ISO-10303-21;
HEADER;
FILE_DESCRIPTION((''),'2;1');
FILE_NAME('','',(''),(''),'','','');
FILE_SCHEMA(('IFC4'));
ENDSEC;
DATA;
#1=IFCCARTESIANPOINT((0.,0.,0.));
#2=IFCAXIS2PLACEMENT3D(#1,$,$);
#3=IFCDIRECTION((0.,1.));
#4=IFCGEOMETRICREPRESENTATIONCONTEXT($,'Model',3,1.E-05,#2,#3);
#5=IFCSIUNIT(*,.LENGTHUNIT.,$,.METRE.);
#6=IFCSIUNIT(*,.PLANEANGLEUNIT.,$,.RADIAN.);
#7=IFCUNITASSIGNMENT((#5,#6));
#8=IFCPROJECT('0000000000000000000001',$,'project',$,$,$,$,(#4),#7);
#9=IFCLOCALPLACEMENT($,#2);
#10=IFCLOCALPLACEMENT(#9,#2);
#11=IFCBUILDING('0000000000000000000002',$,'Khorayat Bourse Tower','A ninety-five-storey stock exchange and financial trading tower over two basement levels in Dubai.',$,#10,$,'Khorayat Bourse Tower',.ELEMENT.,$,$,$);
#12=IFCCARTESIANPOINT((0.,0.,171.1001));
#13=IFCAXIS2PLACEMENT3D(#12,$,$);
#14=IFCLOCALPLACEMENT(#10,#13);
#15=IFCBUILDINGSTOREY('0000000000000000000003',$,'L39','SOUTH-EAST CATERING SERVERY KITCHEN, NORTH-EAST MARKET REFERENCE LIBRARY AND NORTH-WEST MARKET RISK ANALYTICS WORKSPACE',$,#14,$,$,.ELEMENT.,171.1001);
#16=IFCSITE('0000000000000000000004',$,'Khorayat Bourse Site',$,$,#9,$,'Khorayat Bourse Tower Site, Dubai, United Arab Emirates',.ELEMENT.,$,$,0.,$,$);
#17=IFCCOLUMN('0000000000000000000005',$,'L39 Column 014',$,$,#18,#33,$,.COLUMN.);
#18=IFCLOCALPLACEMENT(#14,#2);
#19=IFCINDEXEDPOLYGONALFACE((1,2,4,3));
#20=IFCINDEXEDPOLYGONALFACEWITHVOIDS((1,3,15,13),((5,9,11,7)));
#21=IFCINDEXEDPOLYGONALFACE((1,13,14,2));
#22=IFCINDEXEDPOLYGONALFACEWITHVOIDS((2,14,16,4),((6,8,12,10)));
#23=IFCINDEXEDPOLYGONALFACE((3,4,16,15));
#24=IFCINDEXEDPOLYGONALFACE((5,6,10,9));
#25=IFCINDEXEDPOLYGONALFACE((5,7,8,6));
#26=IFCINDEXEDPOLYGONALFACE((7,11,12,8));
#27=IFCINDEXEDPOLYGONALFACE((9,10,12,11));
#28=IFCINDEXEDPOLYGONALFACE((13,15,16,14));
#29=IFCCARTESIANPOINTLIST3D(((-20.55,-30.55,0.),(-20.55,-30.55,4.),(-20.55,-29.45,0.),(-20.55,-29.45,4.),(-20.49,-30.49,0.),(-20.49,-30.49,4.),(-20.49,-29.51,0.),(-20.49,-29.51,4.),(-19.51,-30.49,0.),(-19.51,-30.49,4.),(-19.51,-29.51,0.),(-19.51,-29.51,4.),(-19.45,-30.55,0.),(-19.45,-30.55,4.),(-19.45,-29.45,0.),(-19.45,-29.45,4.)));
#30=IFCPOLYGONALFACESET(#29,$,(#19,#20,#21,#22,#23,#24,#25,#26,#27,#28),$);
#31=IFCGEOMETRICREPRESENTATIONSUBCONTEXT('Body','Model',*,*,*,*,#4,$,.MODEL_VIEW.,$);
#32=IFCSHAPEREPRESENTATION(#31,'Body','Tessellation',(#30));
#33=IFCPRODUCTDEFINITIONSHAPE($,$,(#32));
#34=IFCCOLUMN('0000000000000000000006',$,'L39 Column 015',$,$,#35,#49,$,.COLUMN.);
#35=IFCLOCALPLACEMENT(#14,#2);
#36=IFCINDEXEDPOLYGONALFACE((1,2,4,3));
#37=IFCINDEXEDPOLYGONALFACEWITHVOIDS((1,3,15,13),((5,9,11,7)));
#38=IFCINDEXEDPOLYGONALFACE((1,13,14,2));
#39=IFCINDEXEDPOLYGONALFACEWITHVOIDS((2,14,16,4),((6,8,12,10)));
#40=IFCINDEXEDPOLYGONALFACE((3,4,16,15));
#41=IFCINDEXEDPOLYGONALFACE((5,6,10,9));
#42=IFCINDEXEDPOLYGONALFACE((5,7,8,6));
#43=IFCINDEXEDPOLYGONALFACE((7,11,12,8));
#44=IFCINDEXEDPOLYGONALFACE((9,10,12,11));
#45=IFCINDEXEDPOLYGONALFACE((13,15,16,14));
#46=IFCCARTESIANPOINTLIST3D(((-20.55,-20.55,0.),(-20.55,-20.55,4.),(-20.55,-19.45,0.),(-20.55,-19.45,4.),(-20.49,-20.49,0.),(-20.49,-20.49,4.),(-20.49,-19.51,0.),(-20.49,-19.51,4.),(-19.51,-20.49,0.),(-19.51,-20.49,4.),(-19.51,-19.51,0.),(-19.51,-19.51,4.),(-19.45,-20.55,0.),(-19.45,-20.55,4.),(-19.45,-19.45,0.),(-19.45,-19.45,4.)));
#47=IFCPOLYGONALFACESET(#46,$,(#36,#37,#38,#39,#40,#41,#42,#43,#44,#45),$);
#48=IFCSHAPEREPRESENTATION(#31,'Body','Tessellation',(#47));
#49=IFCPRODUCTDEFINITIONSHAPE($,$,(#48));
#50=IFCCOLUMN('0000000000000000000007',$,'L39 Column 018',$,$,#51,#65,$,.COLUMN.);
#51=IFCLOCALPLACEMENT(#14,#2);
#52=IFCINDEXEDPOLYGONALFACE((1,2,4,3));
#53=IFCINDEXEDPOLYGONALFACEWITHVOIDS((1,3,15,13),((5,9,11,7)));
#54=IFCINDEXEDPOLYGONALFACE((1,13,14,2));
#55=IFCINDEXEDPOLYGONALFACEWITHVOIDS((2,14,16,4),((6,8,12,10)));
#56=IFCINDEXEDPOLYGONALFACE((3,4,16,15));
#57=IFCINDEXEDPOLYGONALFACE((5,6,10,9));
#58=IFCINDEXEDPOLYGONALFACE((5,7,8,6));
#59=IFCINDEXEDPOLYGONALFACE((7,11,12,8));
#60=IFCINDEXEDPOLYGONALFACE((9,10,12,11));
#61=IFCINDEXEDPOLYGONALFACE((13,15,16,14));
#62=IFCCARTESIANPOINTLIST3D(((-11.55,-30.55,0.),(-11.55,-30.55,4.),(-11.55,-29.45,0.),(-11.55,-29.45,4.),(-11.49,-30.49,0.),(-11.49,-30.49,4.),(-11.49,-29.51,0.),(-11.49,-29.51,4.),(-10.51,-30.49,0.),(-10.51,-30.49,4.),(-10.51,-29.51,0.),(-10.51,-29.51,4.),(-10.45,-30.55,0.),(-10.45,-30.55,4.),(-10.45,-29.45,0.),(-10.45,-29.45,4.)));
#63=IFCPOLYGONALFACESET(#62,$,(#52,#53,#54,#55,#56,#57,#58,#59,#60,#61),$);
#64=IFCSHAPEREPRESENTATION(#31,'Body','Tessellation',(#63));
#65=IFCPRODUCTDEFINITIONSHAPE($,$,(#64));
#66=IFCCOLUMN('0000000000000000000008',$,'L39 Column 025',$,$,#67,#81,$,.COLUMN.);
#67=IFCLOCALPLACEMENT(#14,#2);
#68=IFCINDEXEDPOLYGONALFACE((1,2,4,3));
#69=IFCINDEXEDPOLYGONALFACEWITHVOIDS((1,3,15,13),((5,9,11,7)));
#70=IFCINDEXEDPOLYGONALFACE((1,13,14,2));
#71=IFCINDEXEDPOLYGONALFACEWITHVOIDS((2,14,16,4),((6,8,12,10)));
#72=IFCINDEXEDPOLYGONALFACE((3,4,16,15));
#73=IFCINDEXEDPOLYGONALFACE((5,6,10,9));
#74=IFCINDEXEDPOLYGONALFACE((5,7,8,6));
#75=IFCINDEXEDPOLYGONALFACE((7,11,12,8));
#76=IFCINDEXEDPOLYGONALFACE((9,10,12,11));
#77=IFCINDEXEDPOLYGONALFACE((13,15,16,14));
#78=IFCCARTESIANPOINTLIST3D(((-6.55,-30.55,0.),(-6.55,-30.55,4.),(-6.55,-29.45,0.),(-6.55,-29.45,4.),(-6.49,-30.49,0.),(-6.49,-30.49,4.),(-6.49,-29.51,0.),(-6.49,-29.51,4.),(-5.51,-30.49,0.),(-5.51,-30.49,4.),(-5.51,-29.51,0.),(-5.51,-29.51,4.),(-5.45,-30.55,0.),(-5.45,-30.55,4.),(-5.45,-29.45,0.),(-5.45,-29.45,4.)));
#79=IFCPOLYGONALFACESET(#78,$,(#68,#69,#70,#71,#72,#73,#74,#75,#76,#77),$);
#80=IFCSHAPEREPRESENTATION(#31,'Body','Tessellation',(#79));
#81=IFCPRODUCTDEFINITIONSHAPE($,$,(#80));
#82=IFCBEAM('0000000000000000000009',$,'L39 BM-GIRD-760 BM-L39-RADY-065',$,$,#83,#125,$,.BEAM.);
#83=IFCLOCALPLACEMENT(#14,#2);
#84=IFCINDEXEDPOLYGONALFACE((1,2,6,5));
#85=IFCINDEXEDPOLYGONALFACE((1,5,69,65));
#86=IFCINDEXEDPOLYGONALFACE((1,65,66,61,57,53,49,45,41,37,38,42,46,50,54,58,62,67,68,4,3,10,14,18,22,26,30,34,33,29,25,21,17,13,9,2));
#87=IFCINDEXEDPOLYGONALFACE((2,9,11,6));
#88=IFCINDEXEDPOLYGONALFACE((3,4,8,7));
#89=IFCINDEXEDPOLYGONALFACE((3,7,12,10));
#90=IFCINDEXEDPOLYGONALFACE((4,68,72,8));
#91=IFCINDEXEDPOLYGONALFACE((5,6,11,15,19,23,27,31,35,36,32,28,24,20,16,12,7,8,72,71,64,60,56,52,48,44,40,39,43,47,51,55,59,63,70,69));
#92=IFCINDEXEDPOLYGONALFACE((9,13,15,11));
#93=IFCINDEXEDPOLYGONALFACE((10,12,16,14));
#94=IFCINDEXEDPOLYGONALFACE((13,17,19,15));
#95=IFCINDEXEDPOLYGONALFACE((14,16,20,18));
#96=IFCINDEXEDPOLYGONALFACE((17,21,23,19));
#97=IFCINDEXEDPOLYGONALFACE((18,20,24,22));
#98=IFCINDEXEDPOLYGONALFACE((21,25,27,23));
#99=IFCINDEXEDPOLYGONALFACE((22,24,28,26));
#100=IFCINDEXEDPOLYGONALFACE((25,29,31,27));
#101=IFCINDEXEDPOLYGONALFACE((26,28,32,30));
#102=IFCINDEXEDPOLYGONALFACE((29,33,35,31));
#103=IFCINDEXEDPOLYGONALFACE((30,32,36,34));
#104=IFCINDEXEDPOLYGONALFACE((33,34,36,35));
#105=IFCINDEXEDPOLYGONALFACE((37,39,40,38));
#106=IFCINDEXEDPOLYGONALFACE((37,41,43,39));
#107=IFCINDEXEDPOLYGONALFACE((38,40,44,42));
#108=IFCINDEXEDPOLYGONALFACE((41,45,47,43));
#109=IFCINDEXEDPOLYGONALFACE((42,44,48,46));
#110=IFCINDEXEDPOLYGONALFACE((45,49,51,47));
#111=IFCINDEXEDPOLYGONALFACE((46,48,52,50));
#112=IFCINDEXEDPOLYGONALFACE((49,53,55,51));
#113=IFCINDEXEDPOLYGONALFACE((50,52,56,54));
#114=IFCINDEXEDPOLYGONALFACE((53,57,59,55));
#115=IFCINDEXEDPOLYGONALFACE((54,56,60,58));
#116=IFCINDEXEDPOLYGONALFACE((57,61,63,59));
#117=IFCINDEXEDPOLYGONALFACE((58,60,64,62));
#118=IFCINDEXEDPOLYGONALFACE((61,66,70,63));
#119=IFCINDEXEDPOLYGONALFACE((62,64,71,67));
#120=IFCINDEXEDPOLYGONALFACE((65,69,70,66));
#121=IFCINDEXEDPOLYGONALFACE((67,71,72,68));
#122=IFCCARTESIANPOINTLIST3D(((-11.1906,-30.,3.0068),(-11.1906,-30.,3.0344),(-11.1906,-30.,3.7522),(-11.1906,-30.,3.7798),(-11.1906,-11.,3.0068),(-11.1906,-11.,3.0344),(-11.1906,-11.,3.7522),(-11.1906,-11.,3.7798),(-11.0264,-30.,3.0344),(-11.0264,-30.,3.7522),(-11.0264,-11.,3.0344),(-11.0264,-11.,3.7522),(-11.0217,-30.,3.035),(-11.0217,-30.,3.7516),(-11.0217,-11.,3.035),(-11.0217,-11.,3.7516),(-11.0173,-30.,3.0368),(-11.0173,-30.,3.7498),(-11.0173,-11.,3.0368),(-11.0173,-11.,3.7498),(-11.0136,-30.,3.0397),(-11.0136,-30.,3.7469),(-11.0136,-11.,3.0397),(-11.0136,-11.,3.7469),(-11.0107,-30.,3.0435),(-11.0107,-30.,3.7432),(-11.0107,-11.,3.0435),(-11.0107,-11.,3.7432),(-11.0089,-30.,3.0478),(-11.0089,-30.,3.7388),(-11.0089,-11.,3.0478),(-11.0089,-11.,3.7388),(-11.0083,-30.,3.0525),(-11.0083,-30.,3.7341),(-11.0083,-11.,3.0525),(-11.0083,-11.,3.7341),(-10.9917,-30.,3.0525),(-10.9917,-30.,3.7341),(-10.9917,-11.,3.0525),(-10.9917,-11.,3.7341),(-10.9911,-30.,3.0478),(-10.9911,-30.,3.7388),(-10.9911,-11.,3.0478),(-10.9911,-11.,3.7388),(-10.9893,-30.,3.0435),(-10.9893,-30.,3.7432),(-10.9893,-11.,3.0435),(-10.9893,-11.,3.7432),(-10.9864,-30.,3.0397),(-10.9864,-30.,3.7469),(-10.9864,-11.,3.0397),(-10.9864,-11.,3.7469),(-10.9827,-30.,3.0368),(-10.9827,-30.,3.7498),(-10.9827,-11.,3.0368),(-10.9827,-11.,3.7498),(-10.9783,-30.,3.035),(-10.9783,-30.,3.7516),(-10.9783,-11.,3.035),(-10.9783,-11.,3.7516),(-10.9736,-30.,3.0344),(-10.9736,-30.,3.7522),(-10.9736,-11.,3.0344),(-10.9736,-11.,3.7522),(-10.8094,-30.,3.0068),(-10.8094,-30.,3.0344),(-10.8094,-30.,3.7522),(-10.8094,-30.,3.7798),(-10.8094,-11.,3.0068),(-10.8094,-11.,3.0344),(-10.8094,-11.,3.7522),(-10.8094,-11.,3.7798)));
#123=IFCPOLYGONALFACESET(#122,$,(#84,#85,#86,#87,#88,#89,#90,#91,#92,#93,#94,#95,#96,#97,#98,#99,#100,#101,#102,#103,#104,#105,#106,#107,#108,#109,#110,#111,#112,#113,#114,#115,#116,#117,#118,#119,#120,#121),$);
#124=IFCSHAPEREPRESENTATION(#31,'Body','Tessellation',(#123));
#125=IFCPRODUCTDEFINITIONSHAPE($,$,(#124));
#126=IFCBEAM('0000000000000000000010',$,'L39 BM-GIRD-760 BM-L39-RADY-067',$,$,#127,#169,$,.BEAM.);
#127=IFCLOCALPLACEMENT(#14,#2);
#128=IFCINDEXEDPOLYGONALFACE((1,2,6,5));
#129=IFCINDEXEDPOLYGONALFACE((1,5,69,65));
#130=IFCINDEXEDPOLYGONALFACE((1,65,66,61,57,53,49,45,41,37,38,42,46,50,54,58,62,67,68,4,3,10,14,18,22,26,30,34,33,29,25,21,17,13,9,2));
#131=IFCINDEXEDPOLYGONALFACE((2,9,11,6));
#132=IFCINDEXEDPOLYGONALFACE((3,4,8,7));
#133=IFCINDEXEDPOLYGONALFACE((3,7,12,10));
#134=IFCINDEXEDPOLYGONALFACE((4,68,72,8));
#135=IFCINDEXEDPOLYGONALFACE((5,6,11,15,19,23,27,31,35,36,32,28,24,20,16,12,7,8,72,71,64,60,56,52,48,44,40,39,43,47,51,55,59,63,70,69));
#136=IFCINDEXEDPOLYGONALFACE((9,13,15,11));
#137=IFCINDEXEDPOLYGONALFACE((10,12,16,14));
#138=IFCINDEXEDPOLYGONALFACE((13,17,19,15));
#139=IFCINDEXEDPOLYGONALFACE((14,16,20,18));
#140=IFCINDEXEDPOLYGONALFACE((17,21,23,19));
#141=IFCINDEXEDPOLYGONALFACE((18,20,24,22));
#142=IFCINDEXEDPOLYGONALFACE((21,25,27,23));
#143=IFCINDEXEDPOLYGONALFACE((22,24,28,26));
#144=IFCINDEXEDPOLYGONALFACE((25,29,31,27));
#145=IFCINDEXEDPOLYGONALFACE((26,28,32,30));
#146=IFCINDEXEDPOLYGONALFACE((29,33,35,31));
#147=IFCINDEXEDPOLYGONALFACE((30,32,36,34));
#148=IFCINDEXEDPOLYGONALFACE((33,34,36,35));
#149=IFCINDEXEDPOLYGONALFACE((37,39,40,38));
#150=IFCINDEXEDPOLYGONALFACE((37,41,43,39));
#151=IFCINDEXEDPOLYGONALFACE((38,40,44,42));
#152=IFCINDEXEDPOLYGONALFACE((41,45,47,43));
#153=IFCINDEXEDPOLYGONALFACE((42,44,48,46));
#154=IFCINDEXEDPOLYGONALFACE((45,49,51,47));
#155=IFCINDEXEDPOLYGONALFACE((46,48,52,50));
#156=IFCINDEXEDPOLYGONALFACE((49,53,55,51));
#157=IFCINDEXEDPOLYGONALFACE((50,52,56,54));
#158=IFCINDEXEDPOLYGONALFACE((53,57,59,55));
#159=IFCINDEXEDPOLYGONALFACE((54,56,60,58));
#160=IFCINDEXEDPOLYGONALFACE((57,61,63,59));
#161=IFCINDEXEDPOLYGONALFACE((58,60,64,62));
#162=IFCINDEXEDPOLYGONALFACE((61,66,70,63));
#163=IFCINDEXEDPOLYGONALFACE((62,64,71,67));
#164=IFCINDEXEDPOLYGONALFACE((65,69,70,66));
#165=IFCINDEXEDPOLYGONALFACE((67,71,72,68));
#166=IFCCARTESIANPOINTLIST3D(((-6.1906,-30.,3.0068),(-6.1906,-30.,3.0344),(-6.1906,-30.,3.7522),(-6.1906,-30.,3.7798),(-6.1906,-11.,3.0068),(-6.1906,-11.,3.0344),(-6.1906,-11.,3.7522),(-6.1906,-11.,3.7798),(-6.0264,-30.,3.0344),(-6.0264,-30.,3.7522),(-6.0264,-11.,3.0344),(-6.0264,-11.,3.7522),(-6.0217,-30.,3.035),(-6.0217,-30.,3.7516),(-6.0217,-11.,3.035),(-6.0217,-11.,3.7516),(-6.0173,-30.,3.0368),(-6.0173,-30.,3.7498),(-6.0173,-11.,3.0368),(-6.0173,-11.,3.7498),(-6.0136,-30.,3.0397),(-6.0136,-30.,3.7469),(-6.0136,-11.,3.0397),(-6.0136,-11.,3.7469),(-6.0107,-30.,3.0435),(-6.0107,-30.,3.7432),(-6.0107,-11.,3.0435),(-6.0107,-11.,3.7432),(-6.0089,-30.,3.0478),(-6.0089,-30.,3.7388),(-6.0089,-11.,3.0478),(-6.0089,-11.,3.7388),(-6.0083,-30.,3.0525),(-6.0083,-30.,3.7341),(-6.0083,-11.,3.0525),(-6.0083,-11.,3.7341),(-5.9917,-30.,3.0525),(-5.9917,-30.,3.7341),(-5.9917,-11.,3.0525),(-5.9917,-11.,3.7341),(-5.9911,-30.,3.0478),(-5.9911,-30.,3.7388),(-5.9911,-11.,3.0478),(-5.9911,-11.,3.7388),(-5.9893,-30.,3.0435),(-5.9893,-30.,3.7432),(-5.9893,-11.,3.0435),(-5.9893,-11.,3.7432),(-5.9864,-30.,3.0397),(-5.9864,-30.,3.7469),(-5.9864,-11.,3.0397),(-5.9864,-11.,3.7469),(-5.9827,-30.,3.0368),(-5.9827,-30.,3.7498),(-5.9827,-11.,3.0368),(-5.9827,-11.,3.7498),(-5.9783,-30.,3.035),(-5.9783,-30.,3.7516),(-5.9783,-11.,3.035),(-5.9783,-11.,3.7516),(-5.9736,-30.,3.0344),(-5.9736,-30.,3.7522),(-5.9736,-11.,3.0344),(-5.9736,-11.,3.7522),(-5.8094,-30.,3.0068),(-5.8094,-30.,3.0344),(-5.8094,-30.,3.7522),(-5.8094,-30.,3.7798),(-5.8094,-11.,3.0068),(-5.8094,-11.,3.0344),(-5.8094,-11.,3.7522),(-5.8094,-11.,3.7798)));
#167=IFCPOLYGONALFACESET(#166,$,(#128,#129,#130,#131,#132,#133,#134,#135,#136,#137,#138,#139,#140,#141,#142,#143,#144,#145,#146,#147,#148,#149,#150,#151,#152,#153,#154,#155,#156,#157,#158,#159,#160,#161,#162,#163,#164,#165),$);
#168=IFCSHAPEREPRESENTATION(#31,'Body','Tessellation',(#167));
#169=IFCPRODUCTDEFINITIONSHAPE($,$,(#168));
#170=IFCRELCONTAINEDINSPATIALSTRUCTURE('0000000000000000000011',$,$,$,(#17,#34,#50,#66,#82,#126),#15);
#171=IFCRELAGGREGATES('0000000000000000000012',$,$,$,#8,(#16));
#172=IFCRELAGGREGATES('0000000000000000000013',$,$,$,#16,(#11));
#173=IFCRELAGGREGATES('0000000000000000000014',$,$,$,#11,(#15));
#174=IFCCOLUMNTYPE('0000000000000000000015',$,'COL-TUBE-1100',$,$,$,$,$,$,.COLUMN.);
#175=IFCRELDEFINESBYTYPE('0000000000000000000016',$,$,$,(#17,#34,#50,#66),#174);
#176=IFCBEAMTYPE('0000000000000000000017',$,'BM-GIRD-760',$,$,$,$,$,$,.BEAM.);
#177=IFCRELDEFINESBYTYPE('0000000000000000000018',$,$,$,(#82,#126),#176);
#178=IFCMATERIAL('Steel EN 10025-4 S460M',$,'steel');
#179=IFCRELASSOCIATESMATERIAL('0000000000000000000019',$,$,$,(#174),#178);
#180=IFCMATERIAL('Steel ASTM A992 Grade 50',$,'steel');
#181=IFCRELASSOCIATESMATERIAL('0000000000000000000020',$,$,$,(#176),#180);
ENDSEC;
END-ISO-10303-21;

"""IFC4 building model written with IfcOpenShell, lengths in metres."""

from ifc_helpers import new_model, si_unit, direction, frame, origin, origin_2d, place, context, subcontext, project, spatial, hollow_rectangle, i_section, extrude, source, transform, mapped, material, material_profile, profile_set, type_object, element, save


model = new_model("IFC4")

# Units and contexts
model_context = context("Model", 3, precision=1e-05, world=origin(), true_north=direction((0.0, 1.0)))
body_context = subcontext(model_context, "Body", "Model", "MODEL_VIEW")
ifc_project = project(units=[si_unit("LENGTHUNIT", "METRE"), si_unit("PLANEANGLEUNIT", "RADIAN")], contexts=[model_context])

# Site, building, storey
site_placement = place(None, origin())
site = spatial("IfcSite", under=ifc_project, at=site_placement, Name="Khorayat Bourse Site", LongName="Khorayat Bourse Tower Site, Dubai, United Arab Emirates", CompositionType="ELEMENT", RefElevation=0.0)
building_placement = place(site_placement, origin())
building = spatial("IfcBuilding", under=site, at=building_placement, Name="Khorayat Bourse Tower", Description="A ninety-five-storey stock exchange and financial trading tower over two basement levels in Dubai.", LongName="Khorayat Bourse Tower", CompositionType="ELEMENT")
storey_placement = place(building_placement, frame((0.0, 0.0, 171.1001)))
storey = spatial("IfcBuildingStorey", under=building, at=storey_placement, Name="L39", Description="SOUTH-EAST CATERING SERVERY KITCHEN, NORTH-EAST MARKET REFERENCE LIBRARY AND NORTH-WEST MARKET RISK ANALYTICS WORKSPACE", CompositionType="ELEMENT", Elevation=171.1001)

# Columns
ifc_material_1 = material(Name="Steel EN 10025-4 S460M", Category="steel")
ifc_material_profile_1 = material_profile(ifc_material_1, hollow_rectangle(XDim=1.1001, YDim=1.1001, WallThickness=0.0601, at=origin_2d()), Name="BOX 1100x1100x60")
ifc_profile_set_1 = profile_set([ifc_material_profile_1], Name="Steel EN 10025-4 S460M")
column_type = type_object("IfcColumnType", Name="COL-TUBE-1100", PredefinedType="COLUMN", material=ifc_profile_set_1)
shared_shape_1 = source(origin(), body_context, "Body", "SweptSolid", [
    extrude(hollow_rectangle(XDim=1.1001, YDim=1.1001, WallThickness=0.0601, at=origin_2d()), origin(), (0.0, 0.0, 1.0), 4.0),
])
for number, where, z_axis, x_axis, name in (
    (1, (-20.0, -30.0, 0.0), (0.0, 0.0, 1.0), (1.0, 0.0, 0.0), "L39 Column 014"),
    (2, (-20.0, -20.0, 0.0), (0.0, 0.0, 1.0), (1.0, 0.0, 0.0), "L39 Column 015"),
    (3, (-11.0, -30.0, 0.0), (0.0, 0.0, 1.0), (1.0, 0.0, 0.0), "L39 Column 018"),
    (4, (-6.0, -30.0, 0.0), (0.0, 0.0, 1.0), (1.0, 0.0, 0.0), "L39 Column 025"),
):
    element("IfcColumn", number, at=place(storey_placement, frame(where, z_axis=z_axis, x_axis=x_axis)), inside=storey, type_object=column_type, Name=name, PredefinedType="COLUMN", context=body_context, shape_type="MappedRepresentation", body=[
        mapped(shared_shape_1, transform((0.0, 0.0, 0.0), scale=1.0)),
    ])

# Beams
ifc_material_2 = material(Name="Steel ASTM A992 Grade 50", Category="steel")
ifc_material_profile_2 = material_profile(ifc_material_2, i_section(OverallWidth=0.3811, OverallDepth=0.7729, WebThickness=0.0166, FlangeThickness=0.0276, FilletRadius=0.0181, at=origin_2d()), Name="W760X257")
ifc_profile_set_2 = profile_set([ifc_material_profile_2], Name="Steel ASTM A992 Grade 50")
beam_type_1 = type_object("IfcBeamType", Name="BM-GIRD-760", PredefinedType="BEAM", material=ifc_profile_set_2)
shared_shape_2 = source(origin(), body_context, "Body", "SweptSolid", [
    extrude(i_section(OverallWidth=0.3811, OverallDepth=0.7729, WebThickness=0.0166, FlangeThickness=0.0276, FilletRadius=0.0181, at=origin_2d()), origin(), (0.0, 0.0, 1.0), 19.0),
])
for number, where, z_axis, x_axis, name in (
    (5, (-11.0, -30.0, 3.3933), (0.0, 1.0, 0.0), (-1.0, 0.0, 0.0), "L39 BM-GIRD-760 BM-L39-RADY-065"),
    (6, (-6.0, -30.0, 3.3933), (0.0, 1.0, 0.0), (-1.0, 0.0, 0.0), "L39 BM-GIRD-760 BM-L39-RADY-067"),
):
    element("IfcBeam", number, at=place(storey_placement, frame(where, z_axis=z_axis, x_axis=x_axis)), inside=storey, type_object=beam_type_1, Name=name, PredefinedType="BEAM", context=body_context, shape_type="MappedRepresentation", body=[
        mapped(shared_shape_2, transform((0.0, 0.0, 0.0), scale=1.0)),
    ])

save(model, "model.ifc")
